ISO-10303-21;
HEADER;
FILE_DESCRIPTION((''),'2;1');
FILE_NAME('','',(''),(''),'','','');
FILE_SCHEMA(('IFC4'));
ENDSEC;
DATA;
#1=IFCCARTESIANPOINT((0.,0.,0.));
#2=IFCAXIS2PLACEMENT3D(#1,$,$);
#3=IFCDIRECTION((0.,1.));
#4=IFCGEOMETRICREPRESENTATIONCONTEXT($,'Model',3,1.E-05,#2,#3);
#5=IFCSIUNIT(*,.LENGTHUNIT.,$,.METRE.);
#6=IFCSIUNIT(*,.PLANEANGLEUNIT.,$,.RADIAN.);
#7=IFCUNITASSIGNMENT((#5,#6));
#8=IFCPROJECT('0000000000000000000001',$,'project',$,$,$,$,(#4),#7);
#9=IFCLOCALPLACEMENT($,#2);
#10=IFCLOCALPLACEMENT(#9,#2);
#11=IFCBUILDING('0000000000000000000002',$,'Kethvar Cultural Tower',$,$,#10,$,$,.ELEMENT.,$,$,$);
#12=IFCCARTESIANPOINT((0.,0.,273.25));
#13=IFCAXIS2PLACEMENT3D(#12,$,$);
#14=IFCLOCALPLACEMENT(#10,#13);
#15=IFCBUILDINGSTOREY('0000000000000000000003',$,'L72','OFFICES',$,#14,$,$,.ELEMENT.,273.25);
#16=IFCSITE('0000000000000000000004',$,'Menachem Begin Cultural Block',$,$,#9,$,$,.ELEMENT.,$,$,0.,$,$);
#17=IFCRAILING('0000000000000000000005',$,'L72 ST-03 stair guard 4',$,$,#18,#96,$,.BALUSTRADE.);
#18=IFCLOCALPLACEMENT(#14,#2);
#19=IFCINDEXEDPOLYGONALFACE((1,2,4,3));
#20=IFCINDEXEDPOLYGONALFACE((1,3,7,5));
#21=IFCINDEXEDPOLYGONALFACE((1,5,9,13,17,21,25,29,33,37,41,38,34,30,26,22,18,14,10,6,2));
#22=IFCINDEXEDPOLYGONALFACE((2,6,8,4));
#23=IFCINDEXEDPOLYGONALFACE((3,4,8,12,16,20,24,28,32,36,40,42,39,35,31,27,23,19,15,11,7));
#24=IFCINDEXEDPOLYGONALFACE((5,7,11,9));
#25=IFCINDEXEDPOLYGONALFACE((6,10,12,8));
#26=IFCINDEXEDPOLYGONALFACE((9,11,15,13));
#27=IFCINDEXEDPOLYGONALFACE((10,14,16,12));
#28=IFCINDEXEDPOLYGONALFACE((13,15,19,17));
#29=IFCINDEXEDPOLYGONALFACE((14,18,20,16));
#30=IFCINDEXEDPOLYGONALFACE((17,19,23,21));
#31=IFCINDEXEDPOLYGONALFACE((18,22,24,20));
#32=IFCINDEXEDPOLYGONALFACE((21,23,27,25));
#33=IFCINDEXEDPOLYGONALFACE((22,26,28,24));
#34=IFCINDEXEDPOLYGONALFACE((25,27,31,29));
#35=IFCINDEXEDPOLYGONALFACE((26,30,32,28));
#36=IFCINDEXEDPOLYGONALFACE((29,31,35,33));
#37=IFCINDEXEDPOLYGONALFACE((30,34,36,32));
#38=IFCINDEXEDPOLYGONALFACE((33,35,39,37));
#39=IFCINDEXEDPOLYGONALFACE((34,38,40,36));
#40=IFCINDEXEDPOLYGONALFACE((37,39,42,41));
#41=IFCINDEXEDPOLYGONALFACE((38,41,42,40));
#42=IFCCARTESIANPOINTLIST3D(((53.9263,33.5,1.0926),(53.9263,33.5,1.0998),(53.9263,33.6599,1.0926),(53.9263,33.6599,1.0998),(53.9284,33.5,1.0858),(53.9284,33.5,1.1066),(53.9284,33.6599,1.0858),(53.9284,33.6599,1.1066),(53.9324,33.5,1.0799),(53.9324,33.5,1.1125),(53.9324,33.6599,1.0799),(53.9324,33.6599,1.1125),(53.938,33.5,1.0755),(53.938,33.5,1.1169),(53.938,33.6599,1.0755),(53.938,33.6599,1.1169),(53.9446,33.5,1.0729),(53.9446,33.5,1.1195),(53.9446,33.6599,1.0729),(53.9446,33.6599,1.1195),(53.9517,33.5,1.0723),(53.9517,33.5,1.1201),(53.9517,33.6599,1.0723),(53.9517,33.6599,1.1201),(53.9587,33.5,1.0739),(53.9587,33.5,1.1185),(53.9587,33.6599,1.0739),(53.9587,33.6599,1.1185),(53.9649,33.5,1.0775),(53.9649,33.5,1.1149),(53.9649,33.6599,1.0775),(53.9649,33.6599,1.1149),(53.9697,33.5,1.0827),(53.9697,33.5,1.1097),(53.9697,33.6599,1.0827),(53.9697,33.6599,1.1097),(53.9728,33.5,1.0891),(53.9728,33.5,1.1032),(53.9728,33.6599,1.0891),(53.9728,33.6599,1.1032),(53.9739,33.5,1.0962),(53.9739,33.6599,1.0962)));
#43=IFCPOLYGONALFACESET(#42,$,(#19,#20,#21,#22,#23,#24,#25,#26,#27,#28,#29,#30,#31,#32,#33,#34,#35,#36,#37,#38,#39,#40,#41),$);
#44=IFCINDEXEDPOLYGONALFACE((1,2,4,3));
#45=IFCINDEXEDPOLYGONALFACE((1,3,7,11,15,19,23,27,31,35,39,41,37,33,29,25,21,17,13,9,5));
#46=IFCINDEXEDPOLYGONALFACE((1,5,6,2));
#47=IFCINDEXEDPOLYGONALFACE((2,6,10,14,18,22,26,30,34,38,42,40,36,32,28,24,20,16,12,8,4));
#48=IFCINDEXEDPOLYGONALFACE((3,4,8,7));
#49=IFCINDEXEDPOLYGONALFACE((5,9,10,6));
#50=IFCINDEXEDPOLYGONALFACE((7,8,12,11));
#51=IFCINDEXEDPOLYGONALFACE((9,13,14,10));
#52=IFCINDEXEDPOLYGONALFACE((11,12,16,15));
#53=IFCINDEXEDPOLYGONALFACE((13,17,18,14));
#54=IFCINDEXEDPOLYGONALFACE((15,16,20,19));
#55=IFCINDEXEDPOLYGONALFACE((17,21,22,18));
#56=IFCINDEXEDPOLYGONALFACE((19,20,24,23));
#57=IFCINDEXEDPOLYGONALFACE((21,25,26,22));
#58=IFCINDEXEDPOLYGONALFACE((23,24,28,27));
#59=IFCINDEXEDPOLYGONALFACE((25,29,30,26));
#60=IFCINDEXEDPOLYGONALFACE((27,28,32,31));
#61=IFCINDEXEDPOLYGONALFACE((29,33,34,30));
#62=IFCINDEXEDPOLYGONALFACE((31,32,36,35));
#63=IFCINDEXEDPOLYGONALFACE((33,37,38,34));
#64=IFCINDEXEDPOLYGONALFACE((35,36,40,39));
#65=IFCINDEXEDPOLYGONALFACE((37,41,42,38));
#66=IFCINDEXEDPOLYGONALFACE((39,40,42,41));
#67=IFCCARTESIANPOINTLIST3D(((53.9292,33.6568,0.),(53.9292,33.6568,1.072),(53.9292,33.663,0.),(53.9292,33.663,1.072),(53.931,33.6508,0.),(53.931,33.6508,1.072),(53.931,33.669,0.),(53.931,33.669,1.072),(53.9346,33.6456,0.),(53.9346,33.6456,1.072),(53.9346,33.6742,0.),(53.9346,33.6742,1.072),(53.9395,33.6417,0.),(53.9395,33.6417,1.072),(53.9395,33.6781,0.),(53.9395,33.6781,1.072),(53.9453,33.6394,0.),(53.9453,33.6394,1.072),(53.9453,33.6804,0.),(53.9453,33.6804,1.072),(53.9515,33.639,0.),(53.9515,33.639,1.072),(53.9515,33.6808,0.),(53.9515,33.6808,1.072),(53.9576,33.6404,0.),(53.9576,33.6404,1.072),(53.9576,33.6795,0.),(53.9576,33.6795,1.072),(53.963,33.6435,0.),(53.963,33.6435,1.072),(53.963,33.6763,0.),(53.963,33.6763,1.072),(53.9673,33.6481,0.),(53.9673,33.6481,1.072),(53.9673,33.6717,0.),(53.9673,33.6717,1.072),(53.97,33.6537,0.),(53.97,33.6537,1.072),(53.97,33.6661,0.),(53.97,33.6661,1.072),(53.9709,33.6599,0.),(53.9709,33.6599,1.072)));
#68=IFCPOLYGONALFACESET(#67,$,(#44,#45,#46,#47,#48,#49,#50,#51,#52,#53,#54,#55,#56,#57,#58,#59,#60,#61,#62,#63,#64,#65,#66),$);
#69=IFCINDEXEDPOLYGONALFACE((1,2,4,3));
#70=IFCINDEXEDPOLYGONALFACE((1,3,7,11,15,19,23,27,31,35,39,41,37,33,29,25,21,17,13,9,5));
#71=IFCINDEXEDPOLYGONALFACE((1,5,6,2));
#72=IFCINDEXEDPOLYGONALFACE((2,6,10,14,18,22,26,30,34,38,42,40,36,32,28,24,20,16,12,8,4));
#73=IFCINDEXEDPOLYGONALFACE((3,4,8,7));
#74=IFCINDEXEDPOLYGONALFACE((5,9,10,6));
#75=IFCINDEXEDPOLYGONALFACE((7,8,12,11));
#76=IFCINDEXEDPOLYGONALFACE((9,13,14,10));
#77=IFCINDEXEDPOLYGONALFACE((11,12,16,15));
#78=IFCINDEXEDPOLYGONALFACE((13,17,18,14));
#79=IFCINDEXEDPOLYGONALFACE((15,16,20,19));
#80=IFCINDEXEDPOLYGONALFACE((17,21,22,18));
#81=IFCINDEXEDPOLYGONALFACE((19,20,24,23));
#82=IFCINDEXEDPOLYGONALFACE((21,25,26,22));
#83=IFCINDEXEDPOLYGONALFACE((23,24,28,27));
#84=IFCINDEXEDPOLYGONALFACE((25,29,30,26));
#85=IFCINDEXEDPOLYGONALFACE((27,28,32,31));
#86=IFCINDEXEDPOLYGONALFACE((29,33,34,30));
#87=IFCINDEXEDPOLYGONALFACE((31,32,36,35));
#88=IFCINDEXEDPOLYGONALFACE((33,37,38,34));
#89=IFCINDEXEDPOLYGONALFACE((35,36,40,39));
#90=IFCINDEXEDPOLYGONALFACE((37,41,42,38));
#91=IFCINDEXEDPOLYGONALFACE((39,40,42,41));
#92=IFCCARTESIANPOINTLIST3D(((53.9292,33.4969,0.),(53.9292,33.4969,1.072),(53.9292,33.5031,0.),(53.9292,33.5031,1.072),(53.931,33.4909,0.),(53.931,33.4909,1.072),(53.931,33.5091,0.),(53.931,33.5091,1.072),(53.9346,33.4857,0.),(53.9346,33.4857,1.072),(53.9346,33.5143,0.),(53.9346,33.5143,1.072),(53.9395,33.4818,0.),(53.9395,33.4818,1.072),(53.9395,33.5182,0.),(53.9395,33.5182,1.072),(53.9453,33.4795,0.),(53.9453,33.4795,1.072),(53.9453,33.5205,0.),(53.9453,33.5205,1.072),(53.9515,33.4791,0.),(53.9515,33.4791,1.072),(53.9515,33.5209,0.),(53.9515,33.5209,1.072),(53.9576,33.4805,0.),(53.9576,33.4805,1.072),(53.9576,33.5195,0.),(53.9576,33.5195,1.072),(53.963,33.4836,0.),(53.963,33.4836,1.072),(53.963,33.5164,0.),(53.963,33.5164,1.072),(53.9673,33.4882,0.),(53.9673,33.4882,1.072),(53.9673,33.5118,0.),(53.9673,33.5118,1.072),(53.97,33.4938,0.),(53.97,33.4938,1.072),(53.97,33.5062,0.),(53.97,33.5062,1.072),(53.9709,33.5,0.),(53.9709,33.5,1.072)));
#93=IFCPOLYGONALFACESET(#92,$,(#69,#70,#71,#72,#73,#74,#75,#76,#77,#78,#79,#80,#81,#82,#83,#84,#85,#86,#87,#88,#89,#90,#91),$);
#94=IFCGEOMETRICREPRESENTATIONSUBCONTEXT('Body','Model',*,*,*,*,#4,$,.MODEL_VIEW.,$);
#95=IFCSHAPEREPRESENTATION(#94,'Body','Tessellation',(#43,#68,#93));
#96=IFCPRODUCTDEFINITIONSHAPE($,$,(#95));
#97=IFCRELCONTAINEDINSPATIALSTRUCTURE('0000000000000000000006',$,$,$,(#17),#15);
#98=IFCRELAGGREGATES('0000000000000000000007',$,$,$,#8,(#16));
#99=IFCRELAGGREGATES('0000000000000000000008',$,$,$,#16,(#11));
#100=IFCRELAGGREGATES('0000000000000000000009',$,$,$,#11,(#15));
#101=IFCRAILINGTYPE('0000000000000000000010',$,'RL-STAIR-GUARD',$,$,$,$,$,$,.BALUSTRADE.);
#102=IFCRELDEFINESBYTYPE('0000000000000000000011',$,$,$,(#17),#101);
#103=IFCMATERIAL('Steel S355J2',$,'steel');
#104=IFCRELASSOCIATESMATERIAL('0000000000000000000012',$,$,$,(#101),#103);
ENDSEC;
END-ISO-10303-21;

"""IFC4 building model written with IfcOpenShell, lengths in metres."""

from ifc_helpers import new_model, si_unit, direction, frame, origin, origin_2d, place, context, subcontext, project, spatial, circle, extrude, material, type_object, element, save


model = new_model("IFC4")

# Units and contexts
model_context = context("Model", 3, precision=1e-05, world=origin(), true_north=direction((0.0, 1.0)))
body_context = subcontext(model_context, "Body", "Model", "MODEL_VIEW")
ifc_project = project(units=[si_unit("LENGTHUNIT", "METRE"), si_unit("PLANEANGLEUNIT", "RADIAN")], contexts=[model_context])

# Site, building, storey
site_placement = place(None, origin())
site = spatial("IfcSite", under=ifc_project, at=site_placement, Name="Menachem Begin Cultural Block", CompositionType="ELEMENT", RefElevation=0.0)
building_placement = place(site_placement, origin())
building = spatial("IfcBuilding", under=site, at=building_placement, Name="Kethvar Cultural Tower", CompositionType="ELEMENT")
storey_placement = place(building_placement, frame((0.0, 0.0, 273.25)))
storey = spatial("IfcBuildingStorey", under=building, at=storey_placement, Name="L72", Description="OFFICES", CompositionType="ELEMENT", Elevation=273.25)

# Shared definitions
ifc_material_1 = material(Name="Steel S355J2", Category="steel")

# Railing
railing_type_1 = type_object("IfcRailingType", Name="RL-STAIR-GUARD", PredefinedType="BALUSTRADE", material=ifc_material_1)
railing_1_placement = place(storey_placement, frame((53.95, 33.6599, 0.0)))
element("IfcRailing", 1, at=railing_1_placement, inside=storey, type_object=railing_type_1, Name="L72 ST-03 stair guard 4", PredefinedType="BALUSTRADE", context=body_context, shape_type="SweptSolid", body=[
    extrude(circle(Radius=0.0239, at=origin_2d()), frame((0.0, 0.0, 1.0962), z_axis=(0.0, -1.0, 0.0), x_axis=(1.0, 0.0, 0.0)), (0.0, 0.0, 1.0), 0.1599),
    extrude(circle(Radius=0.021, at=origin_2d()), origin(), (0.0, 0.0, 1.0), 1.072),
    extrude(circle(Radius=0.021, at=origin_2d()), frame((0.0, -0.1599, 0.0)), (0.0, 0.0, 1.0), 1.072),
])

save(model, "model.ifc")
